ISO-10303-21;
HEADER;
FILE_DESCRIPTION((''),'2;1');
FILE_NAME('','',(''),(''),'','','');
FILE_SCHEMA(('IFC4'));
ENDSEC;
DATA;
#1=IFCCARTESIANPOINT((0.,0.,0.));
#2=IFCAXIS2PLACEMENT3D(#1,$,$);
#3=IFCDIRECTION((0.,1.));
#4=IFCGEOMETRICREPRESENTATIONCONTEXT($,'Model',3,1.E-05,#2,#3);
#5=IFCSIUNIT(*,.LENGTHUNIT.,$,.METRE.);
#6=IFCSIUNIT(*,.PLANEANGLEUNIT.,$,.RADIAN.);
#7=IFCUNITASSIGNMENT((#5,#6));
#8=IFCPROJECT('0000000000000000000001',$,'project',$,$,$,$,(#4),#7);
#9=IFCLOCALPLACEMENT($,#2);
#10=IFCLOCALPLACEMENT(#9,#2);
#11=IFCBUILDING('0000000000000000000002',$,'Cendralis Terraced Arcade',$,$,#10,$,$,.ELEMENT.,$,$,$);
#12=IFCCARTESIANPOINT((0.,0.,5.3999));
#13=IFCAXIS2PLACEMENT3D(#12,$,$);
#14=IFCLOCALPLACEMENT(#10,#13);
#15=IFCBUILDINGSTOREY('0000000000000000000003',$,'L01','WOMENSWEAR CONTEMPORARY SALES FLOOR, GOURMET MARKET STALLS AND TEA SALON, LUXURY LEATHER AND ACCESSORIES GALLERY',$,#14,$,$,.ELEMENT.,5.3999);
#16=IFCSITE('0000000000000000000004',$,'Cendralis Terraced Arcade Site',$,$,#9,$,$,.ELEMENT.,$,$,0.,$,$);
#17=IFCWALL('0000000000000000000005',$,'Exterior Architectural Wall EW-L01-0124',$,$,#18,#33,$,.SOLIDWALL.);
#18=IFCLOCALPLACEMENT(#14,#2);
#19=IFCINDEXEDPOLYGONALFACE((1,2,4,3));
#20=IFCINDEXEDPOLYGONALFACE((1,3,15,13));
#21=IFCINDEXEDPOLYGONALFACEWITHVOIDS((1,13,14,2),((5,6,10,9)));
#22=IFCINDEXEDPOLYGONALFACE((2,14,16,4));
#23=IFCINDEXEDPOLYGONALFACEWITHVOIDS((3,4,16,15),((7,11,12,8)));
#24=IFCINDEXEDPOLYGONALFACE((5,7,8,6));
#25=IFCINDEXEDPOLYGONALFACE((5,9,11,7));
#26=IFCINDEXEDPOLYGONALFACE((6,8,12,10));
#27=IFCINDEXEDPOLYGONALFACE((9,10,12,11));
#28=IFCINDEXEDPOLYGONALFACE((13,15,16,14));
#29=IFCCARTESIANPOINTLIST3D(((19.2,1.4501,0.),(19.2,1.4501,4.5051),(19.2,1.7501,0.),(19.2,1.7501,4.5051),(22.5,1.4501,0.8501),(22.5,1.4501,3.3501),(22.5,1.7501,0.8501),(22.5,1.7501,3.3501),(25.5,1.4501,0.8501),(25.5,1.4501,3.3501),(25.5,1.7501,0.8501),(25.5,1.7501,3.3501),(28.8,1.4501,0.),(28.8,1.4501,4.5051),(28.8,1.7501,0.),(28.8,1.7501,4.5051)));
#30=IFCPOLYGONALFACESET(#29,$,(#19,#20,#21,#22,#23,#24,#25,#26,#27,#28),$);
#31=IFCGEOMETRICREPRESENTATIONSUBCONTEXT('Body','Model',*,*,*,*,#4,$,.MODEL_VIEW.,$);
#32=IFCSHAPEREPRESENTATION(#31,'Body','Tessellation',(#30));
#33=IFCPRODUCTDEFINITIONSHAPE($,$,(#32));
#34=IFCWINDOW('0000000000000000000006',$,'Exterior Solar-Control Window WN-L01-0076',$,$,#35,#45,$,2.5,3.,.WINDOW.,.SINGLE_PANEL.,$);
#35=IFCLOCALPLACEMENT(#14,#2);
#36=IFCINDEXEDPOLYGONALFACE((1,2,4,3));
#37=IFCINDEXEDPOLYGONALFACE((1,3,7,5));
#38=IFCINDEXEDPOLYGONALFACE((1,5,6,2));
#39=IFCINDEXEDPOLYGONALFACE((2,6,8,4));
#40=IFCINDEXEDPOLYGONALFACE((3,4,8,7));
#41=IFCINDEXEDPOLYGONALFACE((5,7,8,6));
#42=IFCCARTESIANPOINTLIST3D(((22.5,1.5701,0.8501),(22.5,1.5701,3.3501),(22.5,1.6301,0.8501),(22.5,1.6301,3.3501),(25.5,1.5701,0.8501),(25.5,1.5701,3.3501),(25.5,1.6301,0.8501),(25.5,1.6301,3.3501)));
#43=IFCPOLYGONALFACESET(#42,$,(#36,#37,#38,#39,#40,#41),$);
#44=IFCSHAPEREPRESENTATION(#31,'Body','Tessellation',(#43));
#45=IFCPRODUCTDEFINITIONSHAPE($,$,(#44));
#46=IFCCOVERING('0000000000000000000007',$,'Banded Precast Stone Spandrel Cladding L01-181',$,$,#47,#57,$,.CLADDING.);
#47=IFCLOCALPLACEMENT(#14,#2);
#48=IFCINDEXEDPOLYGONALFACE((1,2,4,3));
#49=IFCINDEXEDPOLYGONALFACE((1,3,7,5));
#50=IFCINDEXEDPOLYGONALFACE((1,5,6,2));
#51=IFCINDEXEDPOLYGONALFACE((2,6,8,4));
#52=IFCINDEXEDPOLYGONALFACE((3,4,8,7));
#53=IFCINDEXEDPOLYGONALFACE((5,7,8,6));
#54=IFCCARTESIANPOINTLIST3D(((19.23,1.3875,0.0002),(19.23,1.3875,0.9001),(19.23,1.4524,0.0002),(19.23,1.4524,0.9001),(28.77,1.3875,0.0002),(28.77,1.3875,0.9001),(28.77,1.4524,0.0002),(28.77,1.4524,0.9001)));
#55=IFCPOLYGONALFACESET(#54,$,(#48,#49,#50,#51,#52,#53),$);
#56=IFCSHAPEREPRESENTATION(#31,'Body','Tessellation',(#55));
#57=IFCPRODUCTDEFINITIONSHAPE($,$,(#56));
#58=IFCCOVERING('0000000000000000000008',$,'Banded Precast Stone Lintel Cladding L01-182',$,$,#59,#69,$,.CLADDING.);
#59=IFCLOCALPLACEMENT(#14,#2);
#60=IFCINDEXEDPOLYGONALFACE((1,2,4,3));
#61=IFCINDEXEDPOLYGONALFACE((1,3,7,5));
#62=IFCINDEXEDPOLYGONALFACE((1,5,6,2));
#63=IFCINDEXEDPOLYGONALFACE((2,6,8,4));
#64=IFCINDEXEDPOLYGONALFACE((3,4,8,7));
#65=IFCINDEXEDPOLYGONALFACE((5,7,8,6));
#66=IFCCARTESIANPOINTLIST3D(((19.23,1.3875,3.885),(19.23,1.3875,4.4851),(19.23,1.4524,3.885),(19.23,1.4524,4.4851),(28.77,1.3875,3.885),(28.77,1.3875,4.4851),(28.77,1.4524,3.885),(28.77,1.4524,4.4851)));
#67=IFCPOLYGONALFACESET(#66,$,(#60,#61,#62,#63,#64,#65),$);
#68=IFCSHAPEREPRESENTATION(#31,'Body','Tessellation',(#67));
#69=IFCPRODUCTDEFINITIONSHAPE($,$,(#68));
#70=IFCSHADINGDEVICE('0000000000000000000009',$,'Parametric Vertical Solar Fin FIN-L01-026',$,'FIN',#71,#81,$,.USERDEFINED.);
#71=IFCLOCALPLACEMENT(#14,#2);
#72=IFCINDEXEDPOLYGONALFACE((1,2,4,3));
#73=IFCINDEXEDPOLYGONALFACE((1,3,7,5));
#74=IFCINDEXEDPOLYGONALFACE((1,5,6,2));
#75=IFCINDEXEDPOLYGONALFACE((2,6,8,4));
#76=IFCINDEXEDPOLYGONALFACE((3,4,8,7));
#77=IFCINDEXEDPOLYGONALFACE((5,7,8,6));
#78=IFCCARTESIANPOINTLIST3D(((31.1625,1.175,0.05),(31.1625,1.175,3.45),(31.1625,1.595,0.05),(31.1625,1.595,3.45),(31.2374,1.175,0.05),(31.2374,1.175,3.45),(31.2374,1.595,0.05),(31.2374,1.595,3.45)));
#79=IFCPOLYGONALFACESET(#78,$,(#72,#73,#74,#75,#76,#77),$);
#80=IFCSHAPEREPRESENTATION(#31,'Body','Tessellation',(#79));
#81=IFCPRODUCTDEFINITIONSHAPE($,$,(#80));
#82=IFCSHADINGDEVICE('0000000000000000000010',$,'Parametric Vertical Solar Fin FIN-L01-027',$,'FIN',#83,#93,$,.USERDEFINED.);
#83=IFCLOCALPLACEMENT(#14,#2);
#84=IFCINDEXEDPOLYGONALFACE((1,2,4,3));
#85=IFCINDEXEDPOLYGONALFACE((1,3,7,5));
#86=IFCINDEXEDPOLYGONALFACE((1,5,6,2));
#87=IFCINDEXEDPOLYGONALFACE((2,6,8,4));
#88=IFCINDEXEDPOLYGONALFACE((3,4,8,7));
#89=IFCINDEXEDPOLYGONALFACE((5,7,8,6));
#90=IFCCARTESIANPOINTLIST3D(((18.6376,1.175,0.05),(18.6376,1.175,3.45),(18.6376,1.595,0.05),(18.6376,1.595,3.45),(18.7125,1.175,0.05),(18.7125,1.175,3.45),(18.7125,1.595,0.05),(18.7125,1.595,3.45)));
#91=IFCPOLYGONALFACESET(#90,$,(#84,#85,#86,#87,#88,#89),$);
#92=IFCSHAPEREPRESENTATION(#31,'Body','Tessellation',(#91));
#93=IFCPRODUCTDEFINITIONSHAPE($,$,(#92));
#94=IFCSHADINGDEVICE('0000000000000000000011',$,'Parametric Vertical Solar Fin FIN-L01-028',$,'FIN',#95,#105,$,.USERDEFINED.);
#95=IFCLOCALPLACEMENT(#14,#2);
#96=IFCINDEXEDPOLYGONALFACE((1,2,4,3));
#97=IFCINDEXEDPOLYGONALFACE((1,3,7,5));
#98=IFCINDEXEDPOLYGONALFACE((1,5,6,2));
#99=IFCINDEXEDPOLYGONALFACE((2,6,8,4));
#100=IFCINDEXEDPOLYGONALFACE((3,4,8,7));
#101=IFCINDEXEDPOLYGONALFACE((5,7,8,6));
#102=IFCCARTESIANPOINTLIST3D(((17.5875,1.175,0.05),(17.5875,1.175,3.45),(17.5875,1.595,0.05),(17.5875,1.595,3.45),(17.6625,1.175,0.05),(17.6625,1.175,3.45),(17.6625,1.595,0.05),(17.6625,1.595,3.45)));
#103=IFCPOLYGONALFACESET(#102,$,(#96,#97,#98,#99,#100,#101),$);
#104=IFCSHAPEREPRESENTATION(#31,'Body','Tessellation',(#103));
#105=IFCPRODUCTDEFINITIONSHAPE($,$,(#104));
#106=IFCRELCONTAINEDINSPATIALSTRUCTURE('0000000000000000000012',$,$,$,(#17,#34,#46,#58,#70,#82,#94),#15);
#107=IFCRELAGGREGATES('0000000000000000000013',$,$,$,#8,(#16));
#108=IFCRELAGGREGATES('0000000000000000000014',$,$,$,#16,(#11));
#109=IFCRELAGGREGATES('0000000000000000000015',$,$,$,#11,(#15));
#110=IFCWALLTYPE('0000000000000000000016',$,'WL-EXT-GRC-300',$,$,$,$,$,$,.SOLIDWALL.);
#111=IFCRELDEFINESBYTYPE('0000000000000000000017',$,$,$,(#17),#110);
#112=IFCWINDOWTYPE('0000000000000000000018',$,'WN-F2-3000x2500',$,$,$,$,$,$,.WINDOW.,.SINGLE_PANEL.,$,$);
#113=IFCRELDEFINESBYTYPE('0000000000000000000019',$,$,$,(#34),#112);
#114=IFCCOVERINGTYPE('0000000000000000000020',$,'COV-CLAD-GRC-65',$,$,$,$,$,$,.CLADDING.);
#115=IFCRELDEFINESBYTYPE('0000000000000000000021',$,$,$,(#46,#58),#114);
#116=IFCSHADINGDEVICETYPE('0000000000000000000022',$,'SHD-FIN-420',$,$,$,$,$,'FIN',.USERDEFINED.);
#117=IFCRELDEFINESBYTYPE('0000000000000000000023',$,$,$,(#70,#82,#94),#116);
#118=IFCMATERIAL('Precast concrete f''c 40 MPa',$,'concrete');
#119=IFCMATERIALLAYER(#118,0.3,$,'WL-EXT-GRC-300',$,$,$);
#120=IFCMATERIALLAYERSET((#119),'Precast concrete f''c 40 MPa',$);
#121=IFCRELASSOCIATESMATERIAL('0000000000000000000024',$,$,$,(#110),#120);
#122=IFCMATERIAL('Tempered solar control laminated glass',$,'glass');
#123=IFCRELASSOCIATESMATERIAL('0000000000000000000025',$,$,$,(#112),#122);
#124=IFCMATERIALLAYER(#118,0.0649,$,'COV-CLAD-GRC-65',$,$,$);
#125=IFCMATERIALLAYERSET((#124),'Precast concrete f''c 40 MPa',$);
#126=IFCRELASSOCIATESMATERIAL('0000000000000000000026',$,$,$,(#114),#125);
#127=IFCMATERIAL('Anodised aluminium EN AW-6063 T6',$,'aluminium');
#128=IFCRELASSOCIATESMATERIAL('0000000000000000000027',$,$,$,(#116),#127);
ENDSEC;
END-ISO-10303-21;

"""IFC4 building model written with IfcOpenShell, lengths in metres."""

from ifc_helpers import new_model, si_unit, direction, frame, frame_2d, origin, origin_2d, place, context, subcontext, project, spatial, rectangle, extrude, material, layer, layer_set, type_object, element, fill, save


model = new_model("IFC4")

# Units and contexts
model_context = context("Model", 3, precision=1e-05, world=origin(), true_north=direction((0.0, 1.0)))
body_context = subcontext(model_context, "Body", "Model", "MODEL_VIEW")
ifc_project = project(units=[si_unit("LENGTHUNIT", "METRE"), si_unit("PLANEANGLEUNIT", "RADIAN")], contexts=[model_context])

# Site, building, storey
site_placement = place(None, origin())
site = spatial("IfcSite", under=ifc_project, at=site_placement, Name="Cendralis Terraced Arcade Site", CompositionType="ELEMENT", RefElevation=0.0)
building_placement = place(site_placement, origin())
building = spatial("IfcBuilding", under=site, at=building_placement, Name="Cendralis Terraced Arcade", CompositionType="ELEMENT")
storey_placement = place(building_placement, frame((0.0, 0.0, 5.3999)))
storey = spatial("IfcBuildingStorey", under=building, at=storey_placement, Name="L01", Description="WOMENSWEAR CONTEMPORARY SALES FLOOR, GOURMET MARKET STALLS AND TEA SALON, LUXURY LEATHER AND ACCESSORIES GALLERY", CompositionType="ELEMENT", Elevation=5.3999)

# Shared definitions
ifc_material_1 = material(Name="Anodised aluminium EN AW-6063 T6", Category="aluminium")

# Shared definitions
ifc_material_2 = material(Name="Tempered solar control laminated glass", Category="glass")

# Wall, opening, window
ifc_material_3 = material(Name="Precast concrete f'c 40 MPa", Category="concrete")
ifc_layer_1 = layer(ifc_material_3, 0.3, Name="WL-EXT-GRC-300")
ifc_layer_set_1 = layer_set([ifc_layer_1], Name="Precast concrete f'c 40 MPa")
wall_type_1 = type_object("IfcWallType", Name="WL-EXT-GRC-300", PredefinedType="SOLIDWALL", material=ifc_layer_set_1)
wall_1_placement = place(storey_placement, frame((28.8, 1.6001, 0.0), z_axis=(0.0, 0.0, 1.0), x_axis=(-1.0, 0.0, 0.0)))
wall_1 = element("IfcWall", 1, at=wall_1_placement, inside=storey, type_object=wall_type_1, Name="Exterior Architectural Wall EW-L01-0124", PredefinedType="SOLIDWALL", context=body_context, shape_type="SweptSolid", body=[
    extrude(rectangle(XDim=9.6001, YDim=0.3, at=frame_2d((4.8, 0.0))), origin(), (0.0, 0.0, 1.0), 4.5051),
])
opening_placement = place(wall_1_placement, frame((3.3, 0.0, 0.8501)))
opening = element("IfcOpeningElement", 2, at=opening_placement, cuts=wall_1, PredefinedType="OPENING", context=body_context, shape_type="SweptSolid", body=[
    extrude(rectangle(XDim=3.0, YDim=2.5, at=frame_2d((1.5, 1.25))), frame((0.0, 0.1621, 0.0), z_axis=(0.0, -1.0, 0.0), x_axis=(1.0, 0.0, 0.0)), (0.0, 0.0, 1.0), 0.324),
])
window_type = type_object("IfcWindowType", Name="WN-F2-3000x2500", PartitioningType="SINGLE_PANEL", PredefinedType="WINDOW", material=ifc_material_2)
window_placement = place(opening_placement, origin())
window = element("IfcWindow", 3, at=window_placement, inside=storey, type_object=window_type, Name="Exterior Solar-Control Window WN-L01-0076", OverallHeight=2.5, OverallWidth=3.0, PartitioningType="SINGLE_PANEL", PredefinedType="WINDOW", context=body_context, shape_type="SweptSolid", body=[
    extrude(rectangle(XDim=3.0, YDim=2.5, at=frame_2d((1.5, 1.25))), frame((0.0, 0.03, 0.0), z_axis=(0.0, -1.0, 0.0), x_axis=(1.0, 0.0, 0.0)), (0.0, 0.0, 1.0), 0.0601),
])
fill(opening, window)

# Coverings
ifc_layer_2 = layer(ifc_material_3, 0.0649, Name="COV-CLAD-GRC-65")
ifc_layer_set_2 = layer_set([ifc_layer_2], Name="Precast concrete f'c 40 MPa")
covering_type = type_object("IfcCoveringType", Name="COV-CLAD-GRC-65", PredefinedType="CLADDING", material=ifc_layer_set_2)
covering_1_placement = place(storey_placement, frame((24.0, 1.4199, 0.0002), z_axis=(0.0, 0.0, 1.0), x_axis=(-1.0, 0.0, 0.0)))
element("IfcCovering", 4, at=covering_1_placement, inside=storey, type_object=covering_type, Name="Banded Precast Stone Spandrel Cladding L01-181", PredefinedType="CLADDING", context=body_context, shape_type="SweptSolid", body=[
    extrude(rectangle(XDim=9.54, YDim=0.0649, at=origin_2d()), origin(), (0.0, 0.0, 1.0), 0.8999),
])
covering_2_placement = place(storey_placement, frame((24.0, 1.4199, 3.885), z_axis=(0.0, 0.0, 1.0), x_axis=(-1.0, 0.0, 0.0)))
element("IfcCovering", 5, at=covering_2_placement, inside=storey, type_object=covering_type, Name="Banded Precast Stone Lintel Cladding L01-182", PredefinedType="CLADDING", context=body_context, shape_type="SweptSolid", body=[
    extrude(rectangle(XDim=9.54, YDim=0.0649, at=origin_2d()), origin(), (0.0, 0.0, 1.0), 0.6001),
])

# Shading devices
shading_device_type = type_object("IfcShadingDeviceType", Name="SHD-FIN-420", ElementType="FIN", PredefinedType="USERDEFINED", material=ifc_material_1)
for number, where, z_axis, x_axis, name in (
    (6, (31.2, 1.385, 0.05), (0.0, 0.0, 1.0), (-1.0, 0.0, 0.0), "Parametric Vertical Solar Fin FIN-L01-026"),
    (7, (18.675, 1.385, 0.05), (0.0, 0.0, 1.0), (-1.0, 0.0, 0.0), "Parametric Vertical Solar Fin FIN-L01-027"),
    (8, (17.625, 1.385, 0.05), (0.0, 0.0, 1.0), (-1.0, 0.0, 0.0), "Parametric Vertical Solar Fin FIN-L01-028"),
):
    element("IfcShadingDevice", number, at=place(storey_placement, frame(where, z_axis=z_axis, x_axis=x_axis)), inside=storey, type_object=shading_device_type, Name=name, ObjectType="FIN", PredefinedType="USERDEFINED", context=body_context, shape_type="SweptSolid", body=[
        extrude(rectangle(XDim=0.075, YDim=0.4199, at=origin_2d()), origin(), (0.0, 0.0, 1.0), 3.3999),
    ])

save(model, "model.ifc")
